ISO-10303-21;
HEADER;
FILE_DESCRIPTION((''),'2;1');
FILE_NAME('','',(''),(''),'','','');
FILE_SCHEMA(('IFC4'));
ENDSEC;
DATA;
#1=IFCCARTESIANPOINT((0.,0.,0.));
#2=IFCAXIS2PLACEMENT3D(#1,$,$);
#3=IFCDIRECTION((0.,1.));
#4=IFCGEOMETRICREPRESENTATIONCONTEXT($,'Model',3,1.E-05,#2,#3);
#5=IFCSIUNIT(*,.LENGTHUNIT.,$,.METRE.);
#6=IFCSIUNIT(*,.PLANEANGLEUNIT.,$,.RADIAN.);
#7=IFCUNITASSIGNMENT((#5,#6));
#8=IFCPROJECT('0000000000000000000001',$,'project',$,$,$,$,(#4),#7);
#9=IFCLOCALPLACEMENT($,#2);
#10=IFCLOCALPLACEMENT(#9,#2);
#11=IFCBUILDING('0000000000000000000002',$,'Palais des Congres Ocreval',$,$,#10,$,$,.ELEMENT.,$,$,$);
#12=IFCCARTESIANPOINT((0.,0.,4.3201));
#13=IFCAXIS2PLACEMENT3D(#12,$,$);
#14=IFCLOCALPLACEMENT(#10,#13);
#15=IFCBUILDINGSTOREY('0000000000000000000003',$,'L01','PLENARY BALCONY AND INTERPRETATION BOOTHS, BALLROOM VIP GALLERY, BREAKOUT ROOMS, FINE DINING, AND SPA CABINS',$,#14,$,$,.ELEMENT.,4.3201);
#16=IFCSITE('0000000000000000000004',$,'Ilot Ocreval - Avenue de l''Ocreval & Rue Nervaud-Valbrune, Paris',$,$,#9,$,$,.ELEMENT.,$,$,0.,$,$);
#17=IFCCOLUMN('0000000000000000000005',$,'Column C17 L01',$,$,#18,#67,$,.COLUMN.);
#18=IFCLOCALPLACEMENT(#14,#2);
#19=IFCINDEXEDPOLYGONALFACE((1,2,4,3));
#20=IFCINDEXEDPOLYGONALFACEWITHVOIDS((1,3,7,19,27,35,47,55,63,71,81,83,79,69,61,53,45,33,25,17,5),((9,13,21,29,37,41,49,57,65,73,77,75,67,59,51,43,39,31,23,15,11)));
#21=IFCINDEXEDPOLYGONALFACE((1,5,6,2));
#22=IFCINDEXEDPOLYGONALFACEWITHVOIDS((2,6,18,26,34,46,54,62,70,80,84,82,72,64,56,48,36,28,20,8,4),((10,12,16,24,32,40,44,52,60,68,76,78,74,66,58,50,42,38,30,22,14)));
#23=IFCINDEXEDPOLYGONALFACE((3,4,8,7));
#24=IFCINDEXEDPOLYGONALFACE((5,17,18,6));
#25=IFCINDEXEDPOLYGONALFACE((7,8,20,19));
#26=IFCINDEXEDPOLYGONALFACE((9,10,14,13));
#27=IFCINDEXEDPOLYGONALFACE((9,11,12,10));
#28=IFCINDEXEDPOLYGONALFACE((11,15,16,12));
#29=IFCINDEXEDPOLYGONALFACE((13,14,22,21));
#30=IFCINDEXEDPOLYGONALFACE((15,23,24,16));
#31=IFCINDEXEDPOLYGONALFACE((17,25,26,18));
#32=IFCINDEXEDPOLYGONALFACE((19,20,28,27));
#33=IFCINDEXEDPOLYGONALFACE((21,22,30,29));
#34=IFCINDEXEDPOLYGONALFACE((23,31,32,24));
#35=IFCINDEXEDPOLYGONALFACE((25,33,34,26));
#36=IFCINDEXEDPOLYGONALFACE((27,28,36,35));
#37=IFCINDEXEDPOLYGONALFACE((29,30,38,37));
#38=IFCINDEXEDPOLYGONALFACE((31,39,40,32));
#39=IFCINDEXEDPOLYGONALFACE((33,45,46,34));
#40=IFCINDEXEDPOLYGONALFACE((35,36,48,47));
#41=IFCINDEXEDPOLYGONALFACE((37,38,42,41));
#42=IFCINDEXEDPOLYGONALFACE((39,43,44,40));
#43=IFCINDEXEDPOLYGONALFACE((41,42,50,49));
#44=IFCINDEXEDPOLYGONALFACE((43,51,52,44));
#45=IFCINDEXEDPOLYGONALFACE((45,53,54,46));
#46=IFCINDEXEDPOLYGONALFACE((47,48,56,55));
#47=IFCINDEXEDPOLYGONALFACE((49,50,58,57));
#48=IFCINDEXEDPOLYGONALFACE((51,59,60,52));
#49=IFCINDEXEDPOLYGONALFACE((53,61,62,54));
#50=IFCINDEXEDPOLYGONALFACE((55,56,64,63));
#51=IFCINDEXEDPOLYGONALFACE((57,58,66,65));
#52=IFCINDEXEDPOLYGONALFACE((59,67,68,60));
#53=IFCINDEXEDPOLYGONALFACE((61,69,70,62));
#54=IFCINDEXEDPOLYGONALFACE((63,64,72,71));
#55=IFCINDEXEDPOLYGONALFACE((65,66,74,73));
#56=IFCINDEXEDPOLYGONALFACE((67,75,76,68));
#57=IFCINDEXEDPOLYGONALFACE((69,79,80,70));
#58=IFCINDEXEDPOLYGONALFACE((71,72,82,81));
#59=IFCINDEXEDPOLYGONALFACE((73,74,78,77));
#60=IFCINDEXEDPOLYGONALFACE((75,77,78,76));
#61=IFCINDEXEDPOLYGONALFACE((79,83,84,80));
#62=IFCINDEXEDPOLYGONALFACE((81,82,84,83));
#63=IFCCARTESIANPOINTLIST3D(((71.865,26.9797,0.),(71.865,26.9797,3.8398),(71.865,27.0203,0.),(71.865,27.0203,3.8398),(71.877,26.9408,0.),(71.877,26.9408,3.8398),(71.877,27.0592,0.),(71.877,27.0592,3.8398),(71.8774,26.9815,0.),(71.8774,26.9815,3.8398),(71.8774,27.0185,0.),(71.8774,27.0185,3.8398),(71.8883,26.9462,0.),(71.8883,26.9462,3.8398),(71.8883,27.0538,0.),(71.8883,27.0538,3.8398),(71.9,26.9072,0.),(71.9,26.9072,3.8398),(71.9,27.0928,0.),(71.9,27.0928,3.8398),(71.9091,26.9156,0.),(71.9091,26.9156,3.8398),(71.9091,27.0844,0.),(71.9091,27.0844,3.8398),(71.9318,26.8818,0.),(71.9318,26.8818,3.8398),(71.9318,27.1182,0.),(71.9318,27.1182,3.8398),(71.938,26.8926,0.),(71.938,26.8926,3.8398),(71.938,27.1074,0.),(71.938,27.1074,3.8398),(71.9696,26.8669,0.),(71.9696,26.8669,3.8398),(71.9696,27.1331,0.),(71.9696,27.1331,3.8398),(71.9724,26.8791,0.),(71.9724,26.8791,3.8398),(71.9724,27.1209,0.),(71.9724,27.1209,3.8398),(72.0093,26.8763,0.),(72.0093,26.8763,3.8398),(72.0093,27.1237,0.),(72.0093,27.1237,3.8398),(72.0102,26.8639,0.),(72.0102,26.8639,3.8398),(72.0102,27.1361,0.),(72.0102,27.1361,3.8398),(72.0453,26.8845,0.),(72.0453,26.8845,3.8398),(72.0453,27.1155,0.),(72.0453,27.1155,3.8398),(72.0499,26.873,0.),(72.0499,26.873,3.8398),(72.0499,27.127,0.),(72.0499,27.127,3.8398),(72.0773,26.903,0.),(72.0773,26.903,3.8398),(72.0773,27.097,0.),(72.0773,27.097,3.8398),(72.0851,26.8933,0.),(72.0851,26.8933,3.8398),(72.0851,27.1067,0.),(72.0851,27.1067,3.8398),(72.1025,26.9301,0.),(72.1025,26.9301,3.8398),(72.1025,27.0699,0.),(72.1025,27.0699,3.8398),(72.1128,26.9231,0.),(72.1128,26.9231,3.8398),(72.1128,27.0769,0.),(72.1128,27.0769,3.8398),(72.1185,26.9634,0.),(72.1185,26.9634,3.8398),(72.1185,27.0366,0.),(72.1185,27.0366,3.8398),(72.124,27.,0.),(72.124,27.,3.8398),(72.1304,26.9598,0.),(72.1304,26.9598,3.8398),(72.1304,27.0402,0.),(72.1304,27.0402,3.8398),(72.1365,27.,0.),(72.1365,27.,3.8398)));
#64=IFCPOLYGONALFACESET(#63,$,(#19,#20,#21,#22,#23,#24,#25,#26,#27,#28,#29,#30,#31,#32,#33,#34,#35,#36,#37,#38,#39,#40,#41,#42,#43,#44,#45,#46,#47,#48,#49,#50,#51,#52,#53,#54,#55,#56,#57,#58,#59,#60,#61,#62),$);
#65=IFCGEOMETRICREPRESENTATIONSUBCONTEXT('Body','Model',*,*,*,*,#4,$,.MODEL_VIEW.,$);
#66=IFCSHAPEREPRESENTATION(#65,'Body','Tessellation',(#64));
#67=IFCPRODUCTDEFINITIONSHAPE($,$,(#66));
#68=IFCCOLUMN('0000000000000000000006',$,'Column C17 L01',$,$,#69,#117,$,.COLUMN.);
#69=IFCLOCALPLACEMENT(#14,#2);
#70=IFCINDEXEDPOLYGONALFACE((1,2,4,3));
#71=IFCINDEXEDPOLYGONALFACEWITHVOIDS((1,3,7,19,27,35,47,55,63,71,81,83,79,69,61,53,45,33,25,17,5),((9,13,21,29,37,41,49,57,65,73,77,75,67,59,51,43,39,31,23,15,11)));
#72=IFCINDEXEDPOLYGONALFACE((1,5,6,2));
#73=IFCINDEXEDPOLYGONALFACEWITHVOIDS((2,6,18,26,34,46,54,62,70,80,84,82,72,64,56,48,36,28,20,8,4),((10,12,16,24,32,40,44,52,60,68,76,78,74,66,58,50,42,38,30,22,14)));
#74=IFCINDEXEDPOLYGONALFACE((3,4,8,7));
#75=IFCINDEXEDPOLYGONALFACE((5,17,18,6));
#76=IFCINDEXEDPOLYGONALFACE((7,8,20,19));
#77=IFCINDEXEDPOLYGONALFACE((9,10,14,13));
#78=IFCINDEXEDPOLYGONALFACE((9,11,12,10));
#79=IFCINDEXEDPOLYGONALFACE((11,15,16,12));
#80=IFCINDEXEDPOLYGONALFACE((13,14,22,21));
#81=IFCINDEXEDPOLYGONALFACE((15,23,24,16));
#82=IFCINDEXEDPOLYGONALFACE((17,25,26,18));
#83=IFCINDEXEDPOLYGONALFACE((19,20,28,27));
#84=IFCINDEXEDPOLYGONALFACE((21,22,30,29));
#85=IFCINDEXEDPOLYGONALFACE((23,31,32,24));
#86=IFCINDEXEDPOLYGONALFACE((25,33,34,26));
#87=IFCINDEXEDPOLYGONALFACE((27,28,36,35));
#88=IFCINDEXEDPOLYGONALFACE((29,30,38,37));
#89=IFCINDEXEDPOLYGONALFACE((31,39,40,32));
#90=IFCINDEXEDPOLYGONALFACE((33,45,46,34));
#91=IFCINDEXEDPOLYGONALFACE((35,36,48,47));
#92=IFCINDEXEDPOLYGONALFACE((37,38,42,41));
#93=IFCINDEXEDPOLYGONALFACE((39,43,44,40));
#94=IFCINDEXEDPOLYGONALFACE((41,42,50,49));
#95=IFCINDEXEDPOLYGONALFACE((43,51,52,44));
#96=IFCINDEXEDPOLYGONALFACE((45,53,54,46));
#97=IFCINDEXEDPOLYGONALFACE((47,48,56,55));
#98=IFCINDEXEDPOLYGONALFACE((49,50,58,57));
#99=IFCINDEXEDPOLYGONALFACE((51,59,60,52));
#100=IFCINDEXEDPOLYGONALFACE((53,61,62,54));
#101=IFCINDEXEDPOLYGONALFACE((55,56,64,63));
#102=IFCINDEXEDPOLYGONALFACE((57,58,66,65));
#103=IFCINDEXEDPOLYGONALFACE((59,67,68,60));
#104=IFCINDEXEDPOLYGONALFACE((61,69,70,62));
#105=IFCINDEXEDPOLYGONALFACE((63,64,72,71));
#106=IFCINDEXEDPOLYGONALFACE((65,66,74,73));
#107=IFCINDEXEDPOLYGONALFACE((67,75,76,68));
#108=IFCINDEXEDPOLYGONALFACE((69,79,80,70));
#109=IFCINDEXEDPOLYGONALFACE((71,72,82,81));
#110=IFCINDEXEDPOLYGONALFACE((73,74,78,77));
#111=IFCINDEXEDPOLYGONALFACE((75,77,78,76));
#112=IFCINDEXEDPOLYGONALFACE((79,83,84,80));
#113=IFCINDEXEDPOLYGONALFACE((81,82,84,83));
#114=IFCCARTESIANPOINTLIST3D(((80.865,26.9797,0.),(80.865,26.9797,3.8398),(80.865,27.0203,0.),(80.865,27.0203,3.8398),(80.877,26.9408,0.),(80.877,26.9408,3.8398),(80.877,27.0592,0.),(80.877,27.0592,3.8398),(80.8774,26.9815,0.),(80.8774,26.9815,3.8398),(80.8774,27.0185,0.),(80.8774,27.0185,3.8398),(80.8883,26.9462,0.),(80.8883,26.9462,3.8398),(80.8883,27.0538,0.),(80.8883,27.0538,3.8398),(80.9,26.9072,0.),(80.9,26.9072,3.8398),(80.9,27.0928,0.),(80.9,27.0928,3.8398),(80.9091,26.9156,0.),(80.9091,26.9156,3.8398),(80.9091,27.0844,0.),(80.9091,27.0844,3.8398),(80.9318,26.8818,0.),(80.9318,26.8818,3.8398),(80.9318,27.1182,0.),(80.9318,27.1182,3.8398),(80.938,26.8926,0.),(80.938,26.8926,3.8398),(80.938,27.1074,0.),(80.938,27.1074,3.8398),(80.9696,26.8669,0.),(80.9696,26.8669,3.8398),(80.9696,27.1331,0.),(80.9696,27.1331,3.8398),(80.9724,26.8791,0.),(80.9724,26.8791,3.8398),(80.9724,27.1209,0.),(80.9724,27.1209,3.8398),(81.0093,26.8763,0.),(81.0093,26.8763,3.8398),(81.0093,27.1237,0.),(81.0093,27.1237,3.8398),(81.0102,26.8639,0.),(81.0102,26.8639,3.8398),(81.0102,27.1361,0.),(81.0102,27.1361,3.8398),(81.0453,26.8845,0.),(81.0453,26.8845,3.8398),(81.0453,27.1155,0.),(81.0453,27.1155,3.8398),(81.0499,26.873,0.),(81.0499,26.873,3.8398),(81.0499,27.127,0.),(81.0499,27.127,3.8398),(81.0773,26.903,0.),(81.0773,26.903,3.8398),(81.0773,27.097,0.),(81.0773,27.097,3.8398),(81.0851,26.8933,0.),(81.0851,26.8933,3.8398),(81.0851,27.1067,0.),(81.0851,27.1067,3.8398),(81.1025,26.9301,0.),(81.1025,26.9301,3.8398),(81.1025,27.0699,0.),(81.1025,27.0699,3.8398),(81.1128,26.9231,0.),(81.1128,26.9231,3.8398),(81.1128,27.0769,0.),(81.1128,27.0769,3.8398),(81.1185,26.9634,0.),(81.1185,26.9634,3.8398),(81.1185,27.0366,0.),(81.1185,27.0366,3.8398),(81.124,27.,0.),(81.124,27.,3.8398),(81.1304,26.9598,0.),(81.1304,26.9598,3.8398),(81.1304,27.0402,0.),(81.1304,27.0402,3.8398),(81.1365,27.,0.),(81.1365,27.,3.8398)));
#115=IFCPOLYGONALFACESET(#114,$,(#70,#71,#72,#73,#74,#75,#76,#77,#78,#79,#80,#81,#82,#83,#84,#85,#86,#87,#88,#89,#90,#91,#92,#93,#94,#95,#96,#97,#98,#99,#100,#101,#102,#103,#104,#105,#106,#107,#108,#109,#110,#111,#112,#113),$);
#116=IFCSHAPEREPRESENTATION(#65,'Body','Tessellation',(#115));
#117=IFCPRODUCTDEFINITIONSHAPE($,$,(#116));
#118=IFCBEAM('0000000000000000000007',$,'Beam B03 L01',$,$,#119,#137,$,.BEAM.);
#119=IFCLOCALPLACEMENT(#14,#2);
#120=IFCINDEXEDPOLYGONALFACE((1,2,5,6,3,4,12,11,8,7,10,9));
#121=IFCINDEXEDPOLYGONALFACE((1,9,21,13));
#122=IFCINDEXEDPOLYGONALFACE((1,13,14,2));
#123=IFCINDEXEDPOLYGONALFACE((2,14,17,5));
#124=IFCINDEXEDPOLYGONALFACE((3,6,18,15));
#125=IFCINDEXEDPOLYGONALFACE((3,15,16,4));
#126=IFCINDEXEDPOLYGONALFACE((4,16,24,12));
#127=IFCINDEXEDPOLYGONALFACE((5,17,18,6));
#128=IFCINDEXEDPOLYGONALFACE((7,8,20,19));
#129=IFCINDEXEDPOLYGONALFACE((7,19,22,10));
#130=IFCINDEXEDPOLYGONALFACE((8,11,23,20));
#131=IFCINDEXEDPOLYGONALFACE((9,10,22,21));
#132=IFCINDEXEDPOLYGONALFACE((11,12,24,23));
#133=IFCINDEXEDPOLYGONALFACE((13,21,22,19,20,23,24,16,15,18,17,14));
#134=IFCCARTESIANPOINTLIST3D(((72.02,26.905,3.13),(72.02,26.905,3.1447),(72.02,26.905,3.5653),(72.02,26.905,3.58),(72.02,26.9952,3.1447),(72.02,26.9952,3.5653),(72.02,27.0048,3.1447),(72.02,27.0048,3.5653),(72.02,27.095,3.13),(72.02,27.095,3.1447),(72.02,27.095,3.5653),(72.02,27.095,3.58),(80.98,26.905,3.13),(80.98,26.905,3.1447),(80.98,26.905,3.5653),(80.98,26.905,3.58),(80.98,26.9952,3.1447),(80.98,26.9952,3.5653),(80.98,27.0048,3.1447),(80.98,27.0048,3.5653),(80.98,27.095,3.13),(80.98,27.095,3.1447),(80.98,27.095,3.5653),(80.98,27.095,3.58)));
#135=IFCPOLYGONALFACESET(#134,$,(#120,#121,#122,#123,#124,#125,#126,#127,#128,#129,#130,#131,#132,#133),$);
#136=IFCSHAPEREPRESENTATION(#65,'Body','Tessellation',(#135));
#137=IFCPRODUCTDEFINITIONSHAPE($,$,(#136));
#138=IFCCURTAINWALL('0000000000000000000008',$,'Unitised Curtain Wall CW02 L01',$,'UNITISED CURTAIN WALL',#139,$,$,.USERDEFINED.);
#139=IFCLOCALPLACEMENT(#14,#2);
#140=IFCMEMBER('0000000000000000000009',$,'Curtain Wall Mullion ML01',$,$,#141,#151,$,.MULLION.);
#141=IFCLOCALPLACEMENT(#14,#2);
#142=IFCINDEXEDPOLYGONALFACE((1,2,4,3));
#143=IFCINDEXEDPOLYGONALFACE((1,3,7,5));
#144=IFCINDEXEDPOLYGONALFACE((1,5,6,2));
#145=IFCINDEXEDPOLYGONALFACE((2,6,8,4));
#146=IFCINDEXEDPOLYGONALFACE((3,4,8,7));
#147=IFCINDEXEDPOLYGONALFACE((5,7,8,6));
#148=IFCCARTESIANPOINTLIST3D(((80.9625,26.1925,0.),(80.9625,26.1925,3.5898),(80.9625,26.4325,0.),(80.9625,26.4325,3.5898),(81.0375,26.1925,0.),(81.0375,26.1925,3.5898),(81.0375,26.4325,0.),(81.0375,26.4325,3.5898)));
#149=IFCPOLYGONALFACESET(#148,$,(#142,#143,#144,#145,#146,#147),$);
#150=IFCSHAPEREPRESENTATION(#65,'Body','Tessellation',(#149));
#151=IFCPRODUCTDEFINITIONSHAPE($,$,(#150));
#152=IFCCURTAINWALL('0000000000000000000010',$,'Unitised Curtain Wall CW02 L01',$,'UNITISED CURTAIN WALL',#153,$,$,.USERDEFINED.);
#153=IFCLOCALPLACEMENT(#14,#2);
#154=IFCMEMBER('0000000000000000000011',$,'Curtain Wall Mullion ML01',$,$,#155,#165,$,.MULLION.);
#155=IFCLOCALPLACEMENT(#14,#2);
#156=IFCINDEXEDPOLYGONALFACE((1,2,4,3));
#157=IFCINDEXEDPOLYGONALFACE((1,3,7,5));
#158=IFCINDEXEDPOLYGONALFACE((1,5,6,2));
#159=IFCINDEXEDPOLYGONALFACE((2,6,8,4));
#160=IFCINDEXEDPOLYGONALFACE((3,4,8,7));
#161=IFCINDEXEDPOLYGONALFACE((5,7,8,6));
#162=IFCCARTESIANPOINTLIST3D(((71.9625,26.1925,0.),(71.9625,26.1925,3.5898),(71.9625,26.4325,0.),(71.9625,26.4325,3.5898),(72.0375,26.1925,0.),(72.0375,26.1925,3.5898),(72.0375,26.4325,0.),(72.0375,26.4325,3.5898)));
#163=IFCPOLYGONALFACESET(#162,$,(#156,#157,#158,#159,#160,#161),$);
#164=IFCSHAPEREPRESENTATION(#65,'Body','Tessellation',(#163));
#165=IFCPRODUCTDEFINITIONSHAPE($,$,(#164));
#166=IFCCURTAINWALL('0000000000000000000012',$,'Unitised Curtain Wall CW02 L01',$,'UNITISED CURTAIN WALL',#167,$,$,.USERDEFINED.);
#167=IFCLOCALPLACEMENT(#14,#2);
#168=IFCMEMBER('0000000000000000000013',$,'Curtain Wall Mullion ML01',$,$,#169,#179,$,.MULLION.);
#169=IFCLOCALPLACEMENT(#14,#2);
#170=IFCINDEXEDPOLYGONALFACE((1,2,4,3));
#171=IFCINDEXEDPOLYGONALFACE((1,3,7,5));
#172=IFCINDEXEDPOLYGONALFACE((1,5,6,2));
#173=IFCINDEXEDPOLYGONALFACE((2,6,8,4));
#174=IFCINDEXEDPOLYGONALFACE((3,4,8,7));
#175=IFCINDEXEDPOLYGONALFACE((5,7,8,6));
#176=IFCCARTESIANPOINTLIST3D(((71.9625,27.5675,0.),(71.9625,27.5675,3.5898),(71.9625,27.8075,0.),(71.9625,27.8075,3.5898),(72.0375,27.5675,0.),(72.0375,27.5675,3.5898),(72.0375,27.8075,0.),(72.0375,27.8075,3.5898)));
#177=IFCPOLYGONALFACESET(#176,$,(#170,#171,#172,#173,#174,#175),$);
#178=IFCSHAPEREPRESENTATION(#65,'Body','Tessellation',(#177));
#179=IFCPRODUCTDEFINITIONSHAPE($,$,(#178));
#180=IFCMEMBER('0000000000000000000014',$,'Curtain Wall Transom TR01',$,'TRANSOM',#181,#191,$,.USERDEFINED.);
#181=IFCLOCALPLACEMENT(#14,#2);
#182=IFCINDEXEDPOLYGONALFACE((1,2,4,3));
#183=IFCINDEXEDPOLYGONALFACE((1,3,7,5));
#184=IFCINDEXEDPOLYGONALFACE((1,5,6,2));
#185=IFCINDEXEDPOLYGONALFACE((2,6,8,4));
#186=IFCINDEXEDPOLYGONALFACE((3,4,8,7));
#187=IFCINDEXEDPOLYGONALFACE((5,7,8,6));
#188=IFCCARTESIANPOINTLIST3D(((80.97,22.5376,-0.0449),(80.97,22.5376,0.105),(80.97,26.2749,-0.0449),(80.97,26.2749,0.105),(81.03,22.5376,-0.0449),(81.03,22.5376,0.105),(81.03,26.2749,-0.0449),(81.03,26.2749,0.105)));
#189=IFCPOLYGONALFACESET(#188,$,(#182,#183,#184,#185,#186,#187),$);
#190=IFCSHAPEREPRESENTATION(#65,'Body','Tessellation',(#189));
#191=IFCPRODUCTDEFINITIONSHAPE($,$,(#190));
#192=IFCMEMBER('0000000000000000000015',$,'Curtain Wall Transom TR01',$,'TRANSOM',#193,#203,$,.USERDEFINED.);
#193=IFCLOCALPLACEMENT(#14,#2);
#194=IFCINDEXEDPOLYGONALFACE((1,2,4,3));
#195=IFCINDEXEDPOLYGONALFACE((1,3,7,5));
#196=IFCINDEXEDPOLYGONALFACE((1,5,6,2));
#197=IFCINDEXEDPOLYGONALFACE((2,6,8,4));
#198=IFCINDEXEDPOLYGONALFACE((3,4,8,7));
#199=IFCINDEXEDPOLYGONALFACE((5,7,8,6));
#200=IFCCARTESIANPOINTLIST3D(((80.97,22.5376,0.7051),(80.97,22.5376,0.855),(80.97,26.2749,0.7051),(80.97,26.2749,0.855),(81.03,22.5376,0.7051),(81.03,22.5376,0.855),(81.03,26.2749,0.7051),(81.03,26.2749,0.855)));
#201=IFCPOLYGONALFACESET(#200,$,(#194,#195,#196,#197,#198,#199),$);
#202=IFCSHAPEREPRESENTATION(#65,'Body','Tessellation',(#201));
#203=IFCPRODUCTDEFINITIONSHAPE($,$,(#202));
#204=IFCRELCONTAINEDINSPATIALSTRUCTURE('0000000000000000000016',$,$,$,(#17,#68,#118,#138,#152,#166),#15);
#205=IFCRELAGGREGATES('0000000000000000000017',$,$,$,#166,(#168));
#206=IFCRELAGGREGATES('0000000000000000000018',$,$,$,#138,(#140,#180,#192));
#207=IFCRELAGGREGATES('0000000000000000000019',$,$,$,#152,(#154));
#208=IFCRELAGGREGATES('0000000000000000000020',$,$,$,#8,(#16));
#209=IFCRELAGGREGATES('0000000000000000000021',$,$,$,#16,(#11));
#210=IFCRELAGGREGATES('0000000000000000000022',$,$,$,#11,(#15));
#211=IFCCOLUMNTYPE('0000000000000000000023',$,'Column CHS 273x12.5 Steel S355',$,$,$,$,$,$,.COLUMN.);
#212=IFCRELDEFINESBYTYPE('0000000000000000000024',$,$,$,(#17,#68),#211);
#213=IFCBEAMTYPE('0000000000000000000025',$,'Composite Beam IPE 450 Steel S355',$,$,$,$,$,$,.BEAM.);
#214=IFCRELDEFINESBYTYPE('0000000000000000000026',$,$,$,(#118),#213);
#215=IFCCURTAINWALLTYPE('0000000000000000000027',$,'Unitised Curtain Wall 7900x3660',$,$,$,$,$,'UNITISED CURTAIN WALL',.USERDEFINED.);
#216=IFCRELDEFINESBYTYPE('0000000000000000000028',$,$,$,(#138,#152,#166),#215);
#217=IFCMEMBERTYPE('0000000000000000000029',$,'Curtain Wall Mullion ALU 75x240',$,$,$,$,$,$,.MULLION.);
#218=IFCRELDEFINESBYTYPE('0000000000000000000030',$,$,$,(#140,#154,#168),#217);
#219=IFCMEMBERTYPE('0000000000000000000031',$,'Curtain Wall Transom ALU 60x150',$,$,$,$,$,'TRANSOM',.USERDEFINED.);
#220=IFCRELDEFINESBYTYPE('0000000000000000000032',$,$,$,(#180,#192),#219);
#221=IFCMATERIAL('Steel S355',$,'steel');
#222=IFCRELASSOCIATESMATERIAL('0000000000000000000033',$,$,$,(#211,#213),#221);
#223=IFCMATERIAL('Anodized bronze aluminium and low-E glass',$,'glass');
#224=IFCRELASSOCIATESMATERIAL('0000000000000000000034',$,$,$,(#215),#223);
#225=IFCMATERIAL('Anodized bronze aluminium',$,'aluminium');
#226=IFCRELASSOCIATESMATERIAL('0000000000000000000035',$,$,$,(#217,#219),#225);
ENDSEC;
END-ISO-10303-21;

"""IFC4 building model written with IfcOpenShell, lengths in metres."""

from ifc_helpers import new_model, si_unit, direction, frame, origin, origin_2d, place, context, subcontext, project, spatial, rectangle, hollow_circle, i_section, extrude, material, material_profile, profile_set, type_object, element, aggregate, save


model = new_model("IFC4")

# Units and contexts
model_context = context("Model", 3, precision=1e-05, world=origin(), true_north=direction((0.0, 1.0)))
body_context = subcontext(model_context, "Body", "Model", "MODEL_VIEW")
ifc_project = project(units=[si_unit("LENGTHUNIT", "METRE"), si_unit("PLANEANGLEUNIT", "RADIAN")], contexts=[model_context])

# Site, building, storey
site_placement = place(None, origin())
site = spatial("IfcSite", under=ifc_project, at=site_placement, Name="Ilot Ocreval - Avenue de l'Ocreval & Rue Nervaud-Valbrune, Paris", CompositionType="ELEMENT", RefElevation=0.0)
building_placement = place(site_placement, origin())
building = spatial("IfcBuilding", under=site, at=building_placement, Name="Palais des Congres Ocreval", CompositionType="ELEMENT")
storey_placement = place(building_placement, frame((0.0, 0.0, 4.3201)))
storey = spatial("IfcBuildingStorey", under=building, at=storey_placement, Name="L01", Description="PLENARY BALCONY AND INTERPRETATION BOOTHS, BALLROOM VIP GALLERY, BREAKOUT ROOMS, FINE DINING, AND SPA CABINS", CompositionType="ELEMENT", Elevation=4.3201)

# Columns
ifc_material_1 = material(Name="Steel S355", Category="steel")
ifc_material_profile_1 = material_profile(ifc_material_1, hollow_circle(Radius=0.1365, WallThickness=0.0125, at=origin_2d()), Name="CHS 273x12.5")
ifc_profile_set_1 = profile_set([ifc_material_profile_1], Name="Steel S355")
column_type = type_object("IfcColumnType", Name="Column CHS 273x12.5 Steel S355", PredefinedType="COLUMN", material=ifc_profile_set_1)
for number, where, z_axis, x_axis, name in (
    (1, (72.0, 27.0, 0.0), (0.0, 0.0, 1.0), (1.0, 0.0, 0.0), "Column C17 L01"),
    (2, (81.0, 27.0, 0.0), (0.0, 0.0, 1.0), (1.0, 0.0, 0.0), "Column C17 L01"),
):
    element("IfcColumn", number, at=place(storey_placement, frame(where, z_axis=z_axis, x_axis=x_axis)), inside=storey, type_object=column_type, Name=name, PredefinedType="COLUMN", context=body_context, shape_type="SweptSolid", body=[
        extrude(hollow_circle(Radius=0.1365, WallThickness=0.0125, at=origin_2d()), origin(), (0.0, 0.0, 1.0), 3.8398),
    ])

# Beam
ifc_material_profile_2 = material_profile(ifc_material_1, i_section(OverallWidth=0.1899, OverallDepth=0.45, WebThickness=0.0095, FlangeThickness=0.0146, at=origin_2d()), Name="IPE 450")
ifc_profile_set_2 = profile_set([ifc_material_profile_2], Name="Steel S355")
beam_type_1 = type_object("IfcBeamType", Name="Composite Beam IPE 450 Steel S355", PredefinedType="BEAM", material=ifc_profile_set_2)
beam_placement = place(storey_placement, frame((72.02, 27.0, 3.355), z_axis=(1.0, 0.0, 0.0), x_axis=(0.0, 1.0, 0.0)))
element("IfcBeam", 3, at=beam_placement, inside=storey, type_object=beam_type_1, Name="Beam B03 L01", PredefinedType="BEAM", context=body_context, shape_type="SweptSolid", body=[
    extrude(i_section(OverallWidth=0.1899, OverallDepth=0.45, WebThickness=0.0095, FlangeThickness=0.0146, at=origin_2d()), origin(), (0.0, 0.0, 1.0), 8.96),
])

# Curtain walls, members
ifc_material_2 = material(Name="Anodized bronze aluminium and low-E glass", Category="glass")
curtain_wall_type = type_object("IfcCurtainWallType", Name="Unitised Curtain Wall 7900x3660", ElementType="UNITISED CURTAIN WALL", PredefinedType="USERDEFINED", material=ifc_material_2)
curtain_wall_1_placement = place(storey_placement, origin())
curtain_wall_1 = element("IfcCurtainWall", 4, at=curtain_wall_1_placement, inside=storey, type_object=curtain_wall_type, Name="Unitised Curtain Wall CW02 L01", ObjectType="UNITISED CURTAIN WALL", PredefinedType="USERDEFINED")
ifc_material_3 = material(Name="Anodized bronze aluminium", Category="aluminium")
ifc_material_profile_3 = material_profile(ifc_material_3, rectangle(XDim=0.075, YDim=0.24, at=origin_2d()), Name="ALU 75x240")
ifc_profile_set_3 = profile_set([ifc_material_profile_3], Name="Anodized bronze aluminium")
member_type_1 = type_object("IfcMemberType", Name="Curtain Wall Mullion ALU 75x240", PredefinedType="MULLION", material=ifc_profile_set_3)
member_1_placement = place(storey_placement, frame((81.0, 26.3125, 0.0), z_axis=(0.0, 0.0, 1.0), x_axis=(1.0, 0.0, 0.0)))
member_1 = element("IfcMember", 5, at=member_1_placement, type_object=member_type_1, Name="Curtain Wall Mullion ML01", PredefinedType="MULLION", context=body_context, shape_type="SweptSolid", body=[
    extrude(rectangle(XDim=0.075, YDim=0.24, at=origin_2d()), origin(), (0.0, 0.0, 1.0), 3.5898),
])
curtain_wall_2_placement = place(storey_placement, origin())
curtain_wall_2 = element("IfcCurtainWall", 6, at=curtain_wall_2_placement, inside=storey, type_object=curtain_wall_type, Name="Unitised Curtain Wall CW02 L01", ObjectType="UNITISED CURTAIN WALL", PredefinedType="USERDEFINED")
member_2_placement = place(storey_placement, frame((72.0, 26.3125, 0.0), z_axis=(0.0, 0.0, 1.0), x_axis=(-1.0, 0.0, 0.0)))
member_2 = element("IfcMember", 7, at=member_2_placement, type_object=member_type_1, Name="Curtain Wall Mullion ML01", PredefinedType="MULLION", context=body_context, shape_type="SweptSolid", body=[
    extrude(rectangle(XDim=0.075, YDim=0.24, at=origin_2d()), origin(), (0.0, 0.0, 1.0), 3.5898),
])
curtain_wall_3_placement = place(storey_placement, origin())
curtain_wall_3 = element("IfcCurtainWall", 8, at=curtain_wall_3_placement, inside=storey, type_object=curtain_wall_type, Name="Unitised Curtain Wall CW02 L01", ObjectType="UNITISED CURTAIN WALL", PredefinedType="USERDEFINED")
member_3_placement = place(storey_placement, frame((72.0, 27.6875, 0.0), z_axis=(0.0, 0.0, 1.0), x_axis=(-1.0, 0.0, 0.0)))
member_3 = element("IfcMember", 9, at=member_3_placement, type_object=member_type_1, Name="Curtain Wall Mullion ML01", PredefinedType="MULLION", context=body_context, shape_type="SweptSolid", body=[
    extrude(rectangle(XDim=0.075, YDim=0.24, at=origin_2d()), origin(), (0.0, 0.0, 1.0), 3.5898),
])
aggregate(curtain_wall_3, [member_3])

# Members
ifc_material_profile_4 = material_profile(ifc_material_3, rectangle(XDim=0.0601, YDim=0.1499, at=origin_2d()), Name="ALU 60x150")
ifc_profile_set_4 = profile_set([ifc_material_profile_4], Name="Anodized bronze aluminium")
member_type_2 = type_object("IfcMemberType", Name="Curtain Wall Transom ALU 60x150", ElementType="TRANSOM", PredefinedType="USERDEFINED", material=ifc_profile_set_4)
member_4_placement = place(storey_placement, frame((81.0, 26.2749, 0.03), z_axis=(0.0, -1.0, 0.0), x_axis=(1.0, 0.0, 0.0)))
member_4 = element("IfcMember", 10, at=member_4_placement, type_object=member_type_2, Name="Curtain Wall Transom TR01", ObjectType="TRANSOM", PredefinedType="USERDEFINED", context=body_context, shape_type="SweptSolid", body=[
    extrude(rectangle(XDim=0.0601, YDim=0.1499, at=origin_2d()), origin(), (0.0, 0.0, 1.0), 3.7373),
])
member_5_placement = place(storey_placement, frame((81.0, 26.2749, 0.78), z_axis=(0.0, -1.0, 0.0), x_axis=(1.0, 0.0, 0.0)))
member_5 = element("IfcMember", 11, at=member_5_placement, type_object=member_type_2, Name="Curtain Wall Transom TR01", ObjectType="TRANSOM", PredefinedType="USERDEFINED", context=body_context, shape_type="SweptSolid", body=[
    extrude(rectangle(XDim=0.0601, YDim=0.1499, at=origin_2d()), origin(), (0.0, 0.0, 1.0), 3.7373),
])

aggregate(curtain_wall_1, [member_1, member_4, member_5])
aggregate(curtain_wall_2, [member_2])

save(model, "model.ifc")
